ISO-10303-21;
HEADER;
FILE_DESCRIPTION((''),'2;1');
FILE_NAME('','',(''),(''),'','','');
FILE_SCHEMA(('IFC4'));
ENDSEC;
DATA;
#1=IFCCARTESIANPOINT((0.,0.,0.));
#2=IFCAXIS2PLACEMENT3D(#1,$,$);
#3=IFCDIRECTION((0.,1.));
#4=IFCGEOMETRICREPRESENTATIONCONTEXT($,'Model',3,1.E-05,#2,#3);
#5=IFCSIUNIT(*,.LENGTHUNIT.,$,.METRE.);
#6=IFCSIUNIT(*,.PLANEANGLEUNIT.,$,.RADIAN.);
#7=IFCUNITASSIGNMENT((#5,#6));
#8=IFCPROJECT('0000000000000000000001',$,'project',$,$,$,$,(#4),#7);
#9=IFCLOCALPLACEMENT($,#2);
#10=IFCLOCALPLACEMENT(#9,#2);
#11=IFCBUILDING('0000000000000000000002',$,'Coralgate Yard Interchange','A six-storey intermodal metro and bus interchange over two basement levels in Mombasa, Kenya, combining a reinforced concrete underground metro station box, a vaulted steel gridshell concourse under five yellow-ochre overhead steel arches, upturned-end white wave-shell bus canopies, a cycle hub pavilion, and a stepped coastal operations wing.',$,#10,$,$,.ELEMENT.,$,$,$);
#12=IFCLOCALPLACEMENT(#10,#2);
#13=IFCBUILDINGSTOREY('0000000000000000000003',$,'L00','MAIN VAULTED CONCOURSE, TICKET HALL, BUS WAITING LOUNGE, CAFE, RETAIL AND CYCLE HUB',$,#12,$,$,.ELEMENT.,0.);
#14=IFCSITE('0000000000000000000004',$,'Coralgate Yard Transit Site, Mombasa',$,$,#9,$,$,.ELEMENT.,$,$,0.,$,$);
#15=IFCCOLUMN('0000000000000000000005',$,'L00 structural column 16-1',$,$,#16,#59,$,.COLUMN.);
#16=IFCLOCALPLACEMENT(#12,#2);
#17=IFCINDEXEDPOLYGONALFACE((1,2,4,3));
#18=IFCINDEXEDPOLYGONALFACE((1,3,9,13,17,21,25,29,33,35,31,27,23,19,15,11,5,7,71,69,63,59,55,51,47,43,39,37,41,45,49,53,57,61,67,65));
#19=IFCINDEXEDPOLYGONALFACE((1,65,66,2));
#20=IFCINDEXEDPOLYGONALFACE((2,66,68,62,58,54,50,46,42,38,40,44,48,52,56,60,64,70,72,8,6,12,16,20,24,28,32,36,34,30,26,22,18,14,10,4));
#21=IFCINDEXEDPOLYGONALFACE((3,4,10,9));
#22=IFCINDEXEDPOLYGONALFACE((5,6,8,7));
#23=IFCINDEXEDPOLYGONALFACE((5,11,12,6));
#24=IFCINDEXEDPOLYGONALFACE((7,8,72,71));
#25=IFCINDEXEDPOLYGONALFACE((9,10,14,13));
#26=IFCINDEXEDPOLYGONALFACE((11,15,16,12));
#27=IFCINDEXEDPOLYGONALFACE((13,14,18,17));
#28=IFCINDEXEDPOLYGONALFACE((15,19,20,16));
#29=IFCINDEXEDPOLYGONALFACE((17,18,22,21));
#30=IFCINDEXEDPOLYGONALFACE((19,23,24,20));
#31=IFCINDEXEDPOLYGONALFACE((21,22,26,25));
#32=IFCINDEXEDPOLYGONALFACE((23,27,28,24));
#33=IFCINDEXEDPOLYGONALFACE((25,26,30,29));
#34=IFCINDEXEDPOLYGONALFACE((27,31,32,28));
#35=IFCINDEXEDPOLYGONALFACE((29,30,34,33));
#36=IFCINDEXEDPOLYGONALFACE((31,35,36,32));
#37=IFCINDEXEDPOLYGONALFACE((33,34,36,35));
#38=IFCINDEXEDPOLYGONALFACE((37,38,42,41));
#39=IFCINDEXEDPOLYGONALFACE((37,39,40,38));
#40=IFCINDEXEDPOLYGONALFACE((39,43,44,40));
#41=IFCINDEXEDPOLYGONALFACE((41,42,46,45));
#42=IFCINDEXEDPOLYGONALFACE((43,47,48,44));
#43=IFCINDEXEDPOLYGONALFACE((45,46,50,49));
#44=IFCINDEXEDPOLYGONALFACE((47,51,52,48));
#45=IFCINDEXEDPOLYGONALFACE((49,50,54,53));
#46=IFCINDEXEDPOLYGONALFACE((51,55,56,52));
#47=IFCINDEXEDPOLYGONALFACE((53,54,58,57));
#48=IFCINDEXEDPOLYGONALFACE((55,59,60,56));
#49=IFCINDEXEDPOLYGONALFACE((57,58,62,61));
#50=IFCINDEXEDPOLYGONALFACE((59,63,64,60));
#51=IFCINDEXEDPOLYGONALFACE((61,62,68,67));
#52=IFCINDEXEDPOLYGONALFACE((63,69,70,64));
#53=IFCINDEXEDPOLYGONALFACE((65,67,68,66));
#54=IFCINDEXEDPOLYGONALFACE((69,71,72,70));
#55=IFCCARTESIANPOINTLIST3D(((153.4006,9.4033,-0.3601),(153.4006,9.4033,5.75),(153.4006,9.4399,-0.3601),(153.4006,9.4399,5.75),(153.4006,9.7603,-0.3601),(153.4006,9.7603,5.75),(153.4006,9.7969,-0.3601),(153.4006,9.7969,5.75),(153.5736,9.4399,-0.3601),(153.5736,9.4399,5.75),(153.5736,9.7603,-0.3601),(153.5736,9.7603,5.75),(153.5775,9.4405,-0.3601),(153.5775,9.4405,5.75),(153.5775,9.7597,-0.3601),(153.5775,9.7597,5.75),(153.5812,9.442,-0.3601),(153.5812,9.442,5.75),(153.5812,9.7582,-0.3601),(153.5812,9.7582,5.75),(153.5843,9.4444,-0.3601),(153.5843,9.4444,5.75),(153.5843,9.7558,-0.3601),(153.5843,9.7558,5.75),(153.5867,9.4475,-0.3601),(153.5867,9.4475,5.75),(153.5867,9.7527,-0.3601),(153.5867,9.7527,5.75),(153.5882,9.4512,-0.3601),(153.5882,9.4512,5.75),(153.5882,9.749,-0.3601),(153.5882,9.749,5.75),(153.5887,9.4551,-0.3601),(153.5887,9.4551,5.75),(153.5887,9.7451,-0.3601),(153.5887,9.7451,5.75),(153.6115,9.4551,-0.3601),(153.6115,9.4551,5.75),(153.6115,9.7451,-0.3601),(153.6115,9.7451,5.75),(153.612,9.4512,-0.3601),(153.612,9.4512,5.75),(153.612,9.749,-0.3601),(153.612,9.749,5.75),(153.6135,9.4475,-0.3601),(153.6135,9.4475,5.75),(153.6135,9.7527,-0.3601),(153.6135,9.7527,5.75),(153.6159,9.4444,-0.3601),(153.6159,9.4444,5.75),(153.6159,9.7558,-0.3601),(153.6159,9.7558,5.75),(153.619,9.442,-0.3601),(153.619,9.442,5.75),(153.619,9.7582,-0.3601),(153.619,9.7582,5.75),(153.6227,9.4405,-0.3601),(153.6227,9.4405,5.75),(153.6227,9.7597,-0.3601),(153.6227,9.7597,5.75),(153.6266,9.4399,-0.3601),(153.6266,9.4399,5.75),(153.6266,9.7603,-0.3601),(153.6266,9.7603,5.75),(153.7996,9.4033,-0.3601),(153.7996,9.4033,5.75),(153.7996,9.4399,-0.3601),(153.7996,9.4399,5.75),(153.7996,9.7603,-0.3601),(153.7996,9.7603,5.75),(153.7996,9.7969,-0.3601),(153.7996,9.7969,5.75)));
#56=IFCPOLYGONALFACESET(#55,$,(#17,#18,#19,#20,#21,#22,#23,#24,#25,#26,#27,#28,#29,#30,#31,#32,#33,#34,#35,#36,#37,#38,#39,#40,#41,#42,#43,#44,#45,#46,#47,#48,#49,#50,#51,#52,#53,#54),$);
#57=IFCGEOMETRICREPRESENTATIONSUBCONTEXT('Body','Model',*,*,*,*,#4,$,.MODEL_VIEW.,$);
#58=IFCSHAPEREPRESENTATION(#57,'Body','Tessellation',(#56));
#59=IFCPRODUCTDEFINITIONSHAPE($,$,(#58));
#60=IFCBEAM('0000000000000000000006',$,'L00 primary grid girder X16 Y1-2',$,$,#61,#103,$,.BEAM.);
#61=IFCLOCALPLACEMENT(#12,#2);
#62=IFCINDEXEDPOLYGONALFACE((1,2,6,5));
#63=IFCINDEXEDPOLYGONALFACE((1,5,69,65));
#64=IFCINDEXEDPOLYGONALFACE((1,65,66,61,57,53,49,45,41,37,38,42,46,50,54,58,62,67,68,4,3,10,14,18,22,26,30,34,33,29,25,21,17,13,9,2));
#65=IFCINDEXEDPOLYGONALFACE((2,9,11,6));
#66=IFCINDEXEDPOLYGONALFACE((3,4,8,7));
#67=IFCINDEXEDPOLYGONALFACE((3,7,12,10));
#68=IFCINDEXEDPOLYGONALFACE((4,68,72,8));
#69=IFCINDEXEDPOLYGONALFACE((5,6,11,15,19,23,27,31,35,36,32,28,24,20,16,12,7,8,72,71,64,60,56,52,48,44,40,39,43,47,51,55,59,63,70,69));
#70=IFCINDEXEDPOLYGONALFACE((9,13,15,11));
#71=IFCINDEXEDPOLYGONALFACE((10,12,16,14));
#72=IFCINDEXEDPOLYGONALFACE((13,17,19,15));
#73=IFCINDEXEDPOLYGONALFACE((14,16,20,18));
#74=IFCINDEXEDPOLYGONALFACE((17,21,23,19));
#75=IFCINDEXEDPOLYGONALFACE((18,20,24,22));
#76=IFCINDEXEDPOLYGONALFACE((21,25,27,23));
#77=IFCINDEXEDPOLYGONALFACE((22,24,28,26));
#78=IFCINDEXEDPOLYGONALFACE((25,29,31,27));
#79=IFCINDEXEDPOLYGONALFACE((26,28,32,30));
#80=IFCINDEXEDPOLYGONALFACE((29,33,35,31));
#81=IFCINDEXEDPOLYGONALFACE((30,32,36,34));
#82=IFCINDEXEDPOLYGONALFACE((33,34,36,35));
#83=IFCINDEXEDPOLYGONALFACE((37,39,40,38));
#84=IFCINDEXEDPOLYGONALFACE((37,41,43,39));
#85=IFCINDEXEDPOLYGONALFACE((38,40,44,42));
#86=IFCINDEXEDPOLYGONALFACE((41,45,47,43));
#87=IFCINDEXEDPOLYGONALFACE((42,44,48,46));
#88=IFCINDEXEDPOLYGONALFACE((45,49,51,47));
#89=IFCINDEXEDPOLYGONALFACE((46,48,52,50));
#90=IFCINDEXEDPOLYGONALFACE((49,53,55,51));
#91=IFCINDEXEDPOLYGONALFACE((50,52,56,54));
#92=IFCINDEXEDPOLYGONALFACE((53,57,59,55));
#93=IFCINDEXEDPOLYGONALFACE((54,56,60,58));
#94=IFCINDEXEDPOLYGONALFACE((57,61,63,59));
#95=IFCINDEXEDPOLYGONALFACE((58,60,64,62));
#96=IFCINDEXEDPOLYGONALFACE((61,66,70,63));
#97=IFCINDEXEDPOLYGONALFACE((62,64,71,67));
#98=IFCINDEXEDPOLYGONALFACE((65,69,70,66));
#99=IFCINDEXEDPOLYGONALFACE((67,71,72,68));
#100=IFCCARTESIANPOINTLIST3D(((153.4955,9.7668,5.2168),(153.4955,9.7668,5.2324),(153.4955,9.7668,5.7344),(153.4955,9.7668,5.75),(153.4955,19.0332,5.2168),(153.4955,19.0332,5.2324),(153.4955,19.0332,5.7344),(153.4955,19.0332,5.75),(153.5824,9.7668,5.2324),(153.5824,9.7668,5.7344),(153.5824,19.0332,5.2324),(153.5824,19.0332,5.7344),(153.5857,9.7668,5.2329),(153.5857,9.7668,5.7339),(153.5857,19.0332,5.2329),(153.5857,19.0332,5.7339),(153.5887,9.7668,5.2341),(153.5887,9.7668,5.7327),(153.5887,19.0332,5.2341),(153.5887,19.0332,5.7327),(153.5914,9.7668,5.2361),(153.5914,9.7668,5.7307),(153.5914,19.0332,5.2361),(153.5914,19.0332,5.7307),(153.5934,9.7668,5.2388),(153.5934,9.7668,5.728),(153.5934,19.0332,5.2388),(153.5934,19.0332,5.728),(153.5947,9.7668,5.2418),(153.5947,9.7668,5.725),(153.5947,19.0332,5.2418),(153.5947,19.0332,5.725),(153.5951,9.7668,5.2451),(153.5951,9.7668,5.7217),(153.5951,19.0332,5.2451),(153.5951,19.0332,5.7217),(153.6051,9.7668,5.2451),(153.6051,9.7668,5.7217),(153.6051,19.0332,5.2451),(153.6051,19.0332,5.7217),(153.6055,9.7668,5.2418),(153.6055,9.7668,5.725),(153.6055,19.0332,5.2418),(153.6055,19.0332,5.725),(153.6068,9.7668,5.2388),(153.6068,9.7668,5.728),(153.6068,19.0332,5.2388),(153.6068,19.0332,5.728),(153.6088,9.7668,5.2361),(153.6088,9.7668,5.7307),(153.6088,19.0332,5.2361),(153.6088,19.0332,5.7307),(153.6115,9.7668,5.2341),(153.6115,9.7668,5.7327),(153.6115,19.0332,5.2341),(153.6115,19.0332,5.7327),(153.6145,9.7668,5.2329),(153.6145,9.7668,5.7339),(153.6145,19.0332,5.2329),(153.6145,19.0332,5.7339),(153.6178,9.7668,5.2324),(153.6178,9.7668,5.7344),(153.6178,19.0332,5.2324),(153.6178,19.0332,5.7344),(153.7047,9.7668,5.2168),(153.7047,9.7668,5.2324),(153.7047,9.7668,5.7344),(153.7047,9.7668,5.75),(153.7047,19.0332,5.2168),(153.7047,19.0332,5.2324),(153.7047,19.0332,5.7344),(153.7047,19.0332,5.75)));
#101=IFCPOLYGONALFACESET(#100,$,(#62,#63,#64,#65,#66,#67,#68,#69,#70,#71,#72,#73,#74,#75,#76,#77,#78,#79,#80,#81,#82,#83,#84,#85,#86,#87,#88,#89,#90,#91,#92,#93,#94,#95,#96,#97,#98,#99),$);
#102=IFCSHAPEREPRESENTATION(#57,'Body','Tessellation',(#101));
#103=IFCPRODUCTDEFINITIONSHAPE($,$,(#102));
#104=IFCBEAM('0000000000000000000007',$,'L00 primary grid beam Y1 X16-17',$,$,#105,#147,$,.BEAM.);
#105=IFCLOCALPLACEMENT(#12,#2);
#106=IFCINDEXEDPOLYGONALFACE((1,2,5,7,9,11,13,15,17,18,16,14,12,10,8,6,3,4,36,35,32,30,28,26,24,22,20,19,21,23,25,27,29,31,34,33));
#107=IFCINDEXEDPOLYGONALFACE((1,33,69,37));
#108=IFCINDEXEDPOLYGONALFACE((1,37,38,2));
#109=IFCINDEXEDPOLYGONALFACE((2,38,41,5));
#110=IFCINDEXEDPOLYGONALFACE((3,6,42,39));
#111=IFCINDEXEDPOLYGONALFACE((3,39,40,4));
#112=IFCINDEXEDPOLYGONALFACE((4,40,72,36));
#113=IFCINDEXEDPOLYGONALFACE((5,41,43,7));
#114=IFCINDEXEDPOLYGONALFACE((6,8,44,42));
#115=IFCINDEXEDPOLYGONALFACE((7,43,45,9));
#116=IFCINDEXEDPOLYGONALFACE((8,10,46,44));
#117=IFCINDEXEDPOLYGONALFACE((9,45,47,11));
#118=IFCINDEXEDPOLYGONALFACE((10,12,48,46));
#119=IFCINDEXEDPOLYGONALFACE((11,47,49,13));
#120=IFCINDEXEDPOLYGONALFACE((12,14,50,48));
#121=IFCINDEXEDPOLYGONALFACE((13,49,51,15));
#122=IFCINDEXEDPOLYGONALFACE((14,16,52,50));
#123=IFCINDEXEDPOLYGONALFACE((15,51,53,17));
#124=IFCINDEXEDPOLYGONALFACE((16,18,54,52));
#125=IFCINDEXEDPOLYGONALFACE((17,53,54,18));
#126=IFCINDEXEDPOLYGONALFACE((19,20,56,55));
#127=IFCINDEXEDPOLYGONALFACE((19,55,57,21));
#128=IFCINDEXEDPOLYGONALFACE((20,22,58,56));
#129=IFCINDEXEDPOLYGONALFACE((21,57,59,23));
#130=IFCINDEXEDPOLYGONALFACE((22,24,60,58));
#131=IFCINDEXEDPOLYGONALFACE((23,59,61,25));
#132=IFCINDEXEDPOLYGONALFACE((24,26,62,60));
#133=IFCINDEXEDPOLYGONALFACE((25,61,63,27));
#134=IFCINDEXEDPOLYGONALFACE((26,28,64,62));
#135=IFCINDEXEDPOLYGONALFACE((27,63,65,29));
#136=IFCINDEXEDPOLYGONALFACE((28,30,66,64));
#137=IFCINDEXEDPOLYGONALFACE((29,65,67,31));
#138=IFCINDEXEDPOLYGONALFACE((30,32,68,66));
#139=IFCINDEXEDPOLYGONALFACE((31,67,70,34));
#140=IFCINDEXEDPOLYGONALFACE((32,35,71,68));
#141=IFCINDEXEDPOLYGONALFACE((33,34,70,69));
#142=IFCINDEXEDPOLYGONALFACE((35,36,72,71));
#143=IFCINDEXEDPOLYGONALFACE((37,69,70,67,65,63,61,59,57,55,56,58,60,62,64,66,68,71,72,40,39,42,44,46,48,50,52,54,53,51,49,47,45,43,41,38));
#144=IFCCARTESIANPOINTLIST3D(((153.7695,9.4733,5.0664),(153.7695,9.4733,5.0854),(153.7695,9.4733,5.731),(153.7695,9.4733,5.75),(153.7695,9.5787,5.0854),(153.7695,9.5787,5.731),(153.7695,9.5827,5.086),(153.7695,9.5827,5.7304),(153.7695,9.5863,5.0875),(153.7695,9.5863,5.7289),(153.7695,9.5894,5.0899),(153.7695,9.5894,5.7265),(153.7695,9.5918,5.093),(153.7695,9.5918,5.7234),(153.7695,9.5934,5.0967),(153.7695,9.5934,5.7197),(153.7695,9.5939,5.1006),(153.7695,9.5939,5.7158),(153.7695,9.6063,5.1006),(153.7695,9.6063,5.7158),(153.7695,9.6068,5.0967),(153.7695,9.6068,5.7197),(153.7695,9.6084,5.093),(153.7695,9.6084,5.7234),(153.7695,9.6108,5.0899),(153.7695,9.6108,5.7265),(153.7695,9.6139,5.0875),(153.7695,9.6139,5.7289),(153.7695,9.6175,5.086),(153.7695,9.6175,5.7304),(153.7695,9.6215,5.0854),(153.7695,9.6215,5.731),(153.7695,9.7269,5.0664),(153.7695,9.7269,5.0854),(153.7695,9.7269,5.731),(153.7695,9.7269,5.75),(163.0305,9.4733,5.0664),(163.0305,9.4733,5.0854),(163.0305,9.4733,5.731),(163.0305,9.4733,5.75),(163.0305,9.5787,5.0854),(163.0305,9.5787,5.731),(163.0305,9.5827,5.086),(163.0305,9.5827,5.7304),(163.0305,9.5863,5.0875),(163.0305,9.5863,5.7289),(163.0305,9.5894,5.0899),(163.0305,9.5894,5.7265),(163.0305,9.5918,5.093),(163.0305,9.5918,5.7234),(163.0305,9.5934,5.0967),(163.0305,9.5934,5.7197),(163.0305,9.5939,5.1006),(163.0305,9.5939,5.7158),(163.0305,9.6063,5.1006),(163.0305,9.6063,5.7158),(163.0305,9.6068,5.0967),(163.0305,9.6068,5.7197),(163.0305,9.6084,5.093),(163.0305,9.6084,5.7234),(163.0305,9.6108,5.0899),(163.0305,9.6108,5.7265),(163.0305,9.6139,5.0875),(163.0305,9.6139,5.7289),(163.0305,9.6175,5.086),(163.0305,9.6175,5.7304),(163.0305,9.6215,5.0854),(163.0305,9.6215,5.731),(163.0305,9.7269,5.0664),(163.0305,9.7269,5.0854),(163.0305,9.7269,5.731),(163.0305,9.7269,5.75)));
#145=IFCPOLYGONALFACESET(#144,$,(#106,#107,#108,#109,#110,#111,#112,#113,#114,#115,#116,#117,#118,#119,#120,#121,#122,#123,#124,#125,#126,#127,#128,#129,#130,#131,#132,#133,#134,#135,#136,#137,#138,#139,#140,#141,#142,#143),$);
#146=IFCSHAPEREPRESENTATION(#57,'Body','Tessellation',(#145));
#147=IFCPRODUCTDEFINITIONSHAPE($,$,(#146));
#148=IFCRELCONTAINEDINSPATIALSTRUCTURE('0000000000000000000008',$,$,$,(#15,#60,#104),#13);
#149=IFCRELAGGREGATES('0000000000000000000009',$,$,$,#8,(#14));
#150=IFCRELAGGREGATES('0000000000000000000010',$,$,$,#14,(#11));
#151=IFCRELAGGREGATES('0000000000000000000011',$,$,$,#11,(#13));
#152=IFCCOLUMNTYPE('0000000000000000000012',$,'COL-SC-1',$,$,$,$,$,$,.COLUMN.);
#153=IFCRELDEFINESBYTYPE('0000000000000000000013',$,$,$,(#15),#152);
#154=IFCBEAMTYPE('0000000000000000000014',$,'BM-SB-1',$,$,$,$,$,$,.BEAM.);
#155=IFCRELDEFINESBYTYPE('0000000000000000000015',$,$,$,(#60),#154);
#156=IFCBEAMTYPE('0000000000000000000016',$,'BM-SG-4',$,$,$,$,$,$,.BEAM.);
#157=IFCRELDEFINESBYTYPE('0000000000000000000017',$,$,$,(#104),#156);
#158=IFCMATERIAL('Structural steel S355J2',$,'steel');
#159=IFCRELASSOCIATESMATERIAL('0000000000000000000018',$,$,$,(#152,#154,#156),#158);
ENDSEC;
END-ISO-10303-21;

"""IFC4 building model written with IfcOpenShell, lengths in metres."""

from ifc_helpers import new_model, si_unit, direction, frame, origin, origin_2d, place, context, subcontext, project, spatial, i_section, extrude, material, material_profile, profile_set, type_object, element, save


model = new_model("IFC4")

# Units and contexts
model_context = context("Model", 3, precision=1e-05, world=origin(), true_north=direction((0.0, 1.0)))
body_context = subcontext(model_context, "Body", "Model", "MODEL_VIEW")
ifc_project = project(units=[si_unit("LENGTHUNIT", "METRE"), si_unit("PLANEANGLEUNIT", "RADIAN")], contexts=[model_context])

# Site, building, storey
site_placement = place(None, origin())
site = spatial("IfcSite", under=ifc_project, at=site_placement, Name="Coralgate Yard Transit Site, Mombasa", CompositionType="ELEMENT", RefElevation=0.0)
building_placement = place(site_placement, origin())
building = spatial("IfcBuilding", under=site, at=building_placement, Name="Coralgate Yard Interchange", Description="A six-storey intermodal metro and bus interchange over two basement levels in Mombasa, Kenya, combining a reinforced concrete underground metro station box, a vaulted steel gridshell concourse under five yellow-ochre overhead steel arches, upturned-end white wave-shell bus canopies, a cycle hub pavilion, and a stepped coastal operations wing.", CompositionType="ELEMENT")
storey_placement = place(building_placement, origin())
storey = spatial("IfcBuildingStorey", under=building, at=storey_placement, Name="L00", Description="MAIN VAULTED CONCOURSE, TICKET HALL, BUS WAITING LOUNGE, CAFE, RETAIL AND CYCLE HUB", CompositionType="ELEMENT", Elevation=0.0)

# Column
ifc_material_1 = material(Name="Structural steel S355J2", Category="steel")
ifc_material_profile_1 = material_profile(ifc_material_1, i_section(OverallWidth=0.3989, OverallDepth=0.3936, WebThickness=0.0227, FlangeThickness=0.0366, FilletRadius=0.0151, at=origin_2d()), Name="UC 356x406x287")
ifc_profile_set_1 = profile_set([ifc_material_profile_1], Name="Structural steel S355J2")
column_type = type_object("IfcColumnType", Name="COL-SC-1", PredefinedType="COLUMN", material=ifc_profile_set_1)
column_placement = place(storey_placement, frame((153.6001, 9.6001, -0.3601), z_axis=(0.0, 0.0, 1.0), x_axis=(1.0, 0.0, 0.0)))
element("IfcColumn", 1, at=column_placement, inside=storey, type_object=column_type, Name="L00 structural column 16-1", PredefinedType="COLUMN", context=body_context, shape_type="SweptSolid", body=[
    extrude(i_section(OverallWidth=0.3989, OverallDepth=0.3936, WebThickness=0.0227, FlangeThickness=0.0366, FilletRadius=0.0151, at=origin_2d()), origin(), (0.0, 0.0, 1.0), 6.1101),
])

# Beams
ifc_material_profile_2 = material_profile(ifc_material_1, i_section(OverallWidth=0.2092, OverallDepth=0.5332, WebThickness=0.01, FlangeThickness=0.0156, FilletRadius=0.0127, at=origin_2d()), Name="UB 533x210x92")
ifc_profile_set_2 = profile_set([ifc_material_profile_2], Name="Structural steel S355J2")
beam_type_1 = type_object("IfcBeamType", Name="BM-SB-1", PredefinedType="BEAM", material=ifc_profile_set_2)
beam_1_placement = place(storey_placement, frame((153.6001, 9.7668, 5.4834), z_axis=(0.0, 1.0, 0.0), x_axis=(-1.0, 0.0, 0.0)))
element("IfcBeam", 2, at=beam_1_placement, inside=storey, type_object=beam_type_1, Name="L00 primary grid girder X16 Y1-2", PredefinedType="BEAM", context=body_context, shape_type="SweptSolid", body=[
    extrude(i_section(OverallWidth=0.2092, OverallDepth=0.5332, WebThickness=0.01, FlangeThickness=0.0156, FilletRadius=0.0127, at=origin_2d()), origin(), (0.0, 0.0, 1.0), 9.2664),
])
ifc_material_profile_3 = material_profile(ifc_material_1, i_section(OverallWidth=0.2537, OverallDepth=0.6836, WebThickness=0.0125, FlangeThickness=0.019, FilletRadius=0.0151, at=origin_2d()), Name="UB 686x254x140")
ifc_profile_set_3 = profile_set([ifc_material_profile_3], Name="Structural steel S355J2")
beam_type_2 = type_object("IfcBeamType", Name="BM-SG-4", PredefinedType="BEAM", material=ifc_profile_set_3)
beam_2_placement = place(storey_placement, frame((153.7695, 9.6001, 5.4082), z_axis=(1.0, 0.0, 0.0), x_axis=(0.0, 1.0, 0.0)))
element("IfcBeam", 3, at=beam_2_placement, inside=storey, type_object=beam_type_2, Name="L00 primary grid beam Y1 X16-17", PredefinedType="BEAM", context=body_context, shape_type="SweptSolid", body=[
    extrude(i_section(OverallWidth=0.2537, OverallDepth=0.6836, WebThickness=0.0125, FlangeThickness=0.019, FilletRadius=0.0151, at=origin_2d()), origin(), (0.0, 0.0, 1.0), 9.261),
])

save(model, "model.ifc")
